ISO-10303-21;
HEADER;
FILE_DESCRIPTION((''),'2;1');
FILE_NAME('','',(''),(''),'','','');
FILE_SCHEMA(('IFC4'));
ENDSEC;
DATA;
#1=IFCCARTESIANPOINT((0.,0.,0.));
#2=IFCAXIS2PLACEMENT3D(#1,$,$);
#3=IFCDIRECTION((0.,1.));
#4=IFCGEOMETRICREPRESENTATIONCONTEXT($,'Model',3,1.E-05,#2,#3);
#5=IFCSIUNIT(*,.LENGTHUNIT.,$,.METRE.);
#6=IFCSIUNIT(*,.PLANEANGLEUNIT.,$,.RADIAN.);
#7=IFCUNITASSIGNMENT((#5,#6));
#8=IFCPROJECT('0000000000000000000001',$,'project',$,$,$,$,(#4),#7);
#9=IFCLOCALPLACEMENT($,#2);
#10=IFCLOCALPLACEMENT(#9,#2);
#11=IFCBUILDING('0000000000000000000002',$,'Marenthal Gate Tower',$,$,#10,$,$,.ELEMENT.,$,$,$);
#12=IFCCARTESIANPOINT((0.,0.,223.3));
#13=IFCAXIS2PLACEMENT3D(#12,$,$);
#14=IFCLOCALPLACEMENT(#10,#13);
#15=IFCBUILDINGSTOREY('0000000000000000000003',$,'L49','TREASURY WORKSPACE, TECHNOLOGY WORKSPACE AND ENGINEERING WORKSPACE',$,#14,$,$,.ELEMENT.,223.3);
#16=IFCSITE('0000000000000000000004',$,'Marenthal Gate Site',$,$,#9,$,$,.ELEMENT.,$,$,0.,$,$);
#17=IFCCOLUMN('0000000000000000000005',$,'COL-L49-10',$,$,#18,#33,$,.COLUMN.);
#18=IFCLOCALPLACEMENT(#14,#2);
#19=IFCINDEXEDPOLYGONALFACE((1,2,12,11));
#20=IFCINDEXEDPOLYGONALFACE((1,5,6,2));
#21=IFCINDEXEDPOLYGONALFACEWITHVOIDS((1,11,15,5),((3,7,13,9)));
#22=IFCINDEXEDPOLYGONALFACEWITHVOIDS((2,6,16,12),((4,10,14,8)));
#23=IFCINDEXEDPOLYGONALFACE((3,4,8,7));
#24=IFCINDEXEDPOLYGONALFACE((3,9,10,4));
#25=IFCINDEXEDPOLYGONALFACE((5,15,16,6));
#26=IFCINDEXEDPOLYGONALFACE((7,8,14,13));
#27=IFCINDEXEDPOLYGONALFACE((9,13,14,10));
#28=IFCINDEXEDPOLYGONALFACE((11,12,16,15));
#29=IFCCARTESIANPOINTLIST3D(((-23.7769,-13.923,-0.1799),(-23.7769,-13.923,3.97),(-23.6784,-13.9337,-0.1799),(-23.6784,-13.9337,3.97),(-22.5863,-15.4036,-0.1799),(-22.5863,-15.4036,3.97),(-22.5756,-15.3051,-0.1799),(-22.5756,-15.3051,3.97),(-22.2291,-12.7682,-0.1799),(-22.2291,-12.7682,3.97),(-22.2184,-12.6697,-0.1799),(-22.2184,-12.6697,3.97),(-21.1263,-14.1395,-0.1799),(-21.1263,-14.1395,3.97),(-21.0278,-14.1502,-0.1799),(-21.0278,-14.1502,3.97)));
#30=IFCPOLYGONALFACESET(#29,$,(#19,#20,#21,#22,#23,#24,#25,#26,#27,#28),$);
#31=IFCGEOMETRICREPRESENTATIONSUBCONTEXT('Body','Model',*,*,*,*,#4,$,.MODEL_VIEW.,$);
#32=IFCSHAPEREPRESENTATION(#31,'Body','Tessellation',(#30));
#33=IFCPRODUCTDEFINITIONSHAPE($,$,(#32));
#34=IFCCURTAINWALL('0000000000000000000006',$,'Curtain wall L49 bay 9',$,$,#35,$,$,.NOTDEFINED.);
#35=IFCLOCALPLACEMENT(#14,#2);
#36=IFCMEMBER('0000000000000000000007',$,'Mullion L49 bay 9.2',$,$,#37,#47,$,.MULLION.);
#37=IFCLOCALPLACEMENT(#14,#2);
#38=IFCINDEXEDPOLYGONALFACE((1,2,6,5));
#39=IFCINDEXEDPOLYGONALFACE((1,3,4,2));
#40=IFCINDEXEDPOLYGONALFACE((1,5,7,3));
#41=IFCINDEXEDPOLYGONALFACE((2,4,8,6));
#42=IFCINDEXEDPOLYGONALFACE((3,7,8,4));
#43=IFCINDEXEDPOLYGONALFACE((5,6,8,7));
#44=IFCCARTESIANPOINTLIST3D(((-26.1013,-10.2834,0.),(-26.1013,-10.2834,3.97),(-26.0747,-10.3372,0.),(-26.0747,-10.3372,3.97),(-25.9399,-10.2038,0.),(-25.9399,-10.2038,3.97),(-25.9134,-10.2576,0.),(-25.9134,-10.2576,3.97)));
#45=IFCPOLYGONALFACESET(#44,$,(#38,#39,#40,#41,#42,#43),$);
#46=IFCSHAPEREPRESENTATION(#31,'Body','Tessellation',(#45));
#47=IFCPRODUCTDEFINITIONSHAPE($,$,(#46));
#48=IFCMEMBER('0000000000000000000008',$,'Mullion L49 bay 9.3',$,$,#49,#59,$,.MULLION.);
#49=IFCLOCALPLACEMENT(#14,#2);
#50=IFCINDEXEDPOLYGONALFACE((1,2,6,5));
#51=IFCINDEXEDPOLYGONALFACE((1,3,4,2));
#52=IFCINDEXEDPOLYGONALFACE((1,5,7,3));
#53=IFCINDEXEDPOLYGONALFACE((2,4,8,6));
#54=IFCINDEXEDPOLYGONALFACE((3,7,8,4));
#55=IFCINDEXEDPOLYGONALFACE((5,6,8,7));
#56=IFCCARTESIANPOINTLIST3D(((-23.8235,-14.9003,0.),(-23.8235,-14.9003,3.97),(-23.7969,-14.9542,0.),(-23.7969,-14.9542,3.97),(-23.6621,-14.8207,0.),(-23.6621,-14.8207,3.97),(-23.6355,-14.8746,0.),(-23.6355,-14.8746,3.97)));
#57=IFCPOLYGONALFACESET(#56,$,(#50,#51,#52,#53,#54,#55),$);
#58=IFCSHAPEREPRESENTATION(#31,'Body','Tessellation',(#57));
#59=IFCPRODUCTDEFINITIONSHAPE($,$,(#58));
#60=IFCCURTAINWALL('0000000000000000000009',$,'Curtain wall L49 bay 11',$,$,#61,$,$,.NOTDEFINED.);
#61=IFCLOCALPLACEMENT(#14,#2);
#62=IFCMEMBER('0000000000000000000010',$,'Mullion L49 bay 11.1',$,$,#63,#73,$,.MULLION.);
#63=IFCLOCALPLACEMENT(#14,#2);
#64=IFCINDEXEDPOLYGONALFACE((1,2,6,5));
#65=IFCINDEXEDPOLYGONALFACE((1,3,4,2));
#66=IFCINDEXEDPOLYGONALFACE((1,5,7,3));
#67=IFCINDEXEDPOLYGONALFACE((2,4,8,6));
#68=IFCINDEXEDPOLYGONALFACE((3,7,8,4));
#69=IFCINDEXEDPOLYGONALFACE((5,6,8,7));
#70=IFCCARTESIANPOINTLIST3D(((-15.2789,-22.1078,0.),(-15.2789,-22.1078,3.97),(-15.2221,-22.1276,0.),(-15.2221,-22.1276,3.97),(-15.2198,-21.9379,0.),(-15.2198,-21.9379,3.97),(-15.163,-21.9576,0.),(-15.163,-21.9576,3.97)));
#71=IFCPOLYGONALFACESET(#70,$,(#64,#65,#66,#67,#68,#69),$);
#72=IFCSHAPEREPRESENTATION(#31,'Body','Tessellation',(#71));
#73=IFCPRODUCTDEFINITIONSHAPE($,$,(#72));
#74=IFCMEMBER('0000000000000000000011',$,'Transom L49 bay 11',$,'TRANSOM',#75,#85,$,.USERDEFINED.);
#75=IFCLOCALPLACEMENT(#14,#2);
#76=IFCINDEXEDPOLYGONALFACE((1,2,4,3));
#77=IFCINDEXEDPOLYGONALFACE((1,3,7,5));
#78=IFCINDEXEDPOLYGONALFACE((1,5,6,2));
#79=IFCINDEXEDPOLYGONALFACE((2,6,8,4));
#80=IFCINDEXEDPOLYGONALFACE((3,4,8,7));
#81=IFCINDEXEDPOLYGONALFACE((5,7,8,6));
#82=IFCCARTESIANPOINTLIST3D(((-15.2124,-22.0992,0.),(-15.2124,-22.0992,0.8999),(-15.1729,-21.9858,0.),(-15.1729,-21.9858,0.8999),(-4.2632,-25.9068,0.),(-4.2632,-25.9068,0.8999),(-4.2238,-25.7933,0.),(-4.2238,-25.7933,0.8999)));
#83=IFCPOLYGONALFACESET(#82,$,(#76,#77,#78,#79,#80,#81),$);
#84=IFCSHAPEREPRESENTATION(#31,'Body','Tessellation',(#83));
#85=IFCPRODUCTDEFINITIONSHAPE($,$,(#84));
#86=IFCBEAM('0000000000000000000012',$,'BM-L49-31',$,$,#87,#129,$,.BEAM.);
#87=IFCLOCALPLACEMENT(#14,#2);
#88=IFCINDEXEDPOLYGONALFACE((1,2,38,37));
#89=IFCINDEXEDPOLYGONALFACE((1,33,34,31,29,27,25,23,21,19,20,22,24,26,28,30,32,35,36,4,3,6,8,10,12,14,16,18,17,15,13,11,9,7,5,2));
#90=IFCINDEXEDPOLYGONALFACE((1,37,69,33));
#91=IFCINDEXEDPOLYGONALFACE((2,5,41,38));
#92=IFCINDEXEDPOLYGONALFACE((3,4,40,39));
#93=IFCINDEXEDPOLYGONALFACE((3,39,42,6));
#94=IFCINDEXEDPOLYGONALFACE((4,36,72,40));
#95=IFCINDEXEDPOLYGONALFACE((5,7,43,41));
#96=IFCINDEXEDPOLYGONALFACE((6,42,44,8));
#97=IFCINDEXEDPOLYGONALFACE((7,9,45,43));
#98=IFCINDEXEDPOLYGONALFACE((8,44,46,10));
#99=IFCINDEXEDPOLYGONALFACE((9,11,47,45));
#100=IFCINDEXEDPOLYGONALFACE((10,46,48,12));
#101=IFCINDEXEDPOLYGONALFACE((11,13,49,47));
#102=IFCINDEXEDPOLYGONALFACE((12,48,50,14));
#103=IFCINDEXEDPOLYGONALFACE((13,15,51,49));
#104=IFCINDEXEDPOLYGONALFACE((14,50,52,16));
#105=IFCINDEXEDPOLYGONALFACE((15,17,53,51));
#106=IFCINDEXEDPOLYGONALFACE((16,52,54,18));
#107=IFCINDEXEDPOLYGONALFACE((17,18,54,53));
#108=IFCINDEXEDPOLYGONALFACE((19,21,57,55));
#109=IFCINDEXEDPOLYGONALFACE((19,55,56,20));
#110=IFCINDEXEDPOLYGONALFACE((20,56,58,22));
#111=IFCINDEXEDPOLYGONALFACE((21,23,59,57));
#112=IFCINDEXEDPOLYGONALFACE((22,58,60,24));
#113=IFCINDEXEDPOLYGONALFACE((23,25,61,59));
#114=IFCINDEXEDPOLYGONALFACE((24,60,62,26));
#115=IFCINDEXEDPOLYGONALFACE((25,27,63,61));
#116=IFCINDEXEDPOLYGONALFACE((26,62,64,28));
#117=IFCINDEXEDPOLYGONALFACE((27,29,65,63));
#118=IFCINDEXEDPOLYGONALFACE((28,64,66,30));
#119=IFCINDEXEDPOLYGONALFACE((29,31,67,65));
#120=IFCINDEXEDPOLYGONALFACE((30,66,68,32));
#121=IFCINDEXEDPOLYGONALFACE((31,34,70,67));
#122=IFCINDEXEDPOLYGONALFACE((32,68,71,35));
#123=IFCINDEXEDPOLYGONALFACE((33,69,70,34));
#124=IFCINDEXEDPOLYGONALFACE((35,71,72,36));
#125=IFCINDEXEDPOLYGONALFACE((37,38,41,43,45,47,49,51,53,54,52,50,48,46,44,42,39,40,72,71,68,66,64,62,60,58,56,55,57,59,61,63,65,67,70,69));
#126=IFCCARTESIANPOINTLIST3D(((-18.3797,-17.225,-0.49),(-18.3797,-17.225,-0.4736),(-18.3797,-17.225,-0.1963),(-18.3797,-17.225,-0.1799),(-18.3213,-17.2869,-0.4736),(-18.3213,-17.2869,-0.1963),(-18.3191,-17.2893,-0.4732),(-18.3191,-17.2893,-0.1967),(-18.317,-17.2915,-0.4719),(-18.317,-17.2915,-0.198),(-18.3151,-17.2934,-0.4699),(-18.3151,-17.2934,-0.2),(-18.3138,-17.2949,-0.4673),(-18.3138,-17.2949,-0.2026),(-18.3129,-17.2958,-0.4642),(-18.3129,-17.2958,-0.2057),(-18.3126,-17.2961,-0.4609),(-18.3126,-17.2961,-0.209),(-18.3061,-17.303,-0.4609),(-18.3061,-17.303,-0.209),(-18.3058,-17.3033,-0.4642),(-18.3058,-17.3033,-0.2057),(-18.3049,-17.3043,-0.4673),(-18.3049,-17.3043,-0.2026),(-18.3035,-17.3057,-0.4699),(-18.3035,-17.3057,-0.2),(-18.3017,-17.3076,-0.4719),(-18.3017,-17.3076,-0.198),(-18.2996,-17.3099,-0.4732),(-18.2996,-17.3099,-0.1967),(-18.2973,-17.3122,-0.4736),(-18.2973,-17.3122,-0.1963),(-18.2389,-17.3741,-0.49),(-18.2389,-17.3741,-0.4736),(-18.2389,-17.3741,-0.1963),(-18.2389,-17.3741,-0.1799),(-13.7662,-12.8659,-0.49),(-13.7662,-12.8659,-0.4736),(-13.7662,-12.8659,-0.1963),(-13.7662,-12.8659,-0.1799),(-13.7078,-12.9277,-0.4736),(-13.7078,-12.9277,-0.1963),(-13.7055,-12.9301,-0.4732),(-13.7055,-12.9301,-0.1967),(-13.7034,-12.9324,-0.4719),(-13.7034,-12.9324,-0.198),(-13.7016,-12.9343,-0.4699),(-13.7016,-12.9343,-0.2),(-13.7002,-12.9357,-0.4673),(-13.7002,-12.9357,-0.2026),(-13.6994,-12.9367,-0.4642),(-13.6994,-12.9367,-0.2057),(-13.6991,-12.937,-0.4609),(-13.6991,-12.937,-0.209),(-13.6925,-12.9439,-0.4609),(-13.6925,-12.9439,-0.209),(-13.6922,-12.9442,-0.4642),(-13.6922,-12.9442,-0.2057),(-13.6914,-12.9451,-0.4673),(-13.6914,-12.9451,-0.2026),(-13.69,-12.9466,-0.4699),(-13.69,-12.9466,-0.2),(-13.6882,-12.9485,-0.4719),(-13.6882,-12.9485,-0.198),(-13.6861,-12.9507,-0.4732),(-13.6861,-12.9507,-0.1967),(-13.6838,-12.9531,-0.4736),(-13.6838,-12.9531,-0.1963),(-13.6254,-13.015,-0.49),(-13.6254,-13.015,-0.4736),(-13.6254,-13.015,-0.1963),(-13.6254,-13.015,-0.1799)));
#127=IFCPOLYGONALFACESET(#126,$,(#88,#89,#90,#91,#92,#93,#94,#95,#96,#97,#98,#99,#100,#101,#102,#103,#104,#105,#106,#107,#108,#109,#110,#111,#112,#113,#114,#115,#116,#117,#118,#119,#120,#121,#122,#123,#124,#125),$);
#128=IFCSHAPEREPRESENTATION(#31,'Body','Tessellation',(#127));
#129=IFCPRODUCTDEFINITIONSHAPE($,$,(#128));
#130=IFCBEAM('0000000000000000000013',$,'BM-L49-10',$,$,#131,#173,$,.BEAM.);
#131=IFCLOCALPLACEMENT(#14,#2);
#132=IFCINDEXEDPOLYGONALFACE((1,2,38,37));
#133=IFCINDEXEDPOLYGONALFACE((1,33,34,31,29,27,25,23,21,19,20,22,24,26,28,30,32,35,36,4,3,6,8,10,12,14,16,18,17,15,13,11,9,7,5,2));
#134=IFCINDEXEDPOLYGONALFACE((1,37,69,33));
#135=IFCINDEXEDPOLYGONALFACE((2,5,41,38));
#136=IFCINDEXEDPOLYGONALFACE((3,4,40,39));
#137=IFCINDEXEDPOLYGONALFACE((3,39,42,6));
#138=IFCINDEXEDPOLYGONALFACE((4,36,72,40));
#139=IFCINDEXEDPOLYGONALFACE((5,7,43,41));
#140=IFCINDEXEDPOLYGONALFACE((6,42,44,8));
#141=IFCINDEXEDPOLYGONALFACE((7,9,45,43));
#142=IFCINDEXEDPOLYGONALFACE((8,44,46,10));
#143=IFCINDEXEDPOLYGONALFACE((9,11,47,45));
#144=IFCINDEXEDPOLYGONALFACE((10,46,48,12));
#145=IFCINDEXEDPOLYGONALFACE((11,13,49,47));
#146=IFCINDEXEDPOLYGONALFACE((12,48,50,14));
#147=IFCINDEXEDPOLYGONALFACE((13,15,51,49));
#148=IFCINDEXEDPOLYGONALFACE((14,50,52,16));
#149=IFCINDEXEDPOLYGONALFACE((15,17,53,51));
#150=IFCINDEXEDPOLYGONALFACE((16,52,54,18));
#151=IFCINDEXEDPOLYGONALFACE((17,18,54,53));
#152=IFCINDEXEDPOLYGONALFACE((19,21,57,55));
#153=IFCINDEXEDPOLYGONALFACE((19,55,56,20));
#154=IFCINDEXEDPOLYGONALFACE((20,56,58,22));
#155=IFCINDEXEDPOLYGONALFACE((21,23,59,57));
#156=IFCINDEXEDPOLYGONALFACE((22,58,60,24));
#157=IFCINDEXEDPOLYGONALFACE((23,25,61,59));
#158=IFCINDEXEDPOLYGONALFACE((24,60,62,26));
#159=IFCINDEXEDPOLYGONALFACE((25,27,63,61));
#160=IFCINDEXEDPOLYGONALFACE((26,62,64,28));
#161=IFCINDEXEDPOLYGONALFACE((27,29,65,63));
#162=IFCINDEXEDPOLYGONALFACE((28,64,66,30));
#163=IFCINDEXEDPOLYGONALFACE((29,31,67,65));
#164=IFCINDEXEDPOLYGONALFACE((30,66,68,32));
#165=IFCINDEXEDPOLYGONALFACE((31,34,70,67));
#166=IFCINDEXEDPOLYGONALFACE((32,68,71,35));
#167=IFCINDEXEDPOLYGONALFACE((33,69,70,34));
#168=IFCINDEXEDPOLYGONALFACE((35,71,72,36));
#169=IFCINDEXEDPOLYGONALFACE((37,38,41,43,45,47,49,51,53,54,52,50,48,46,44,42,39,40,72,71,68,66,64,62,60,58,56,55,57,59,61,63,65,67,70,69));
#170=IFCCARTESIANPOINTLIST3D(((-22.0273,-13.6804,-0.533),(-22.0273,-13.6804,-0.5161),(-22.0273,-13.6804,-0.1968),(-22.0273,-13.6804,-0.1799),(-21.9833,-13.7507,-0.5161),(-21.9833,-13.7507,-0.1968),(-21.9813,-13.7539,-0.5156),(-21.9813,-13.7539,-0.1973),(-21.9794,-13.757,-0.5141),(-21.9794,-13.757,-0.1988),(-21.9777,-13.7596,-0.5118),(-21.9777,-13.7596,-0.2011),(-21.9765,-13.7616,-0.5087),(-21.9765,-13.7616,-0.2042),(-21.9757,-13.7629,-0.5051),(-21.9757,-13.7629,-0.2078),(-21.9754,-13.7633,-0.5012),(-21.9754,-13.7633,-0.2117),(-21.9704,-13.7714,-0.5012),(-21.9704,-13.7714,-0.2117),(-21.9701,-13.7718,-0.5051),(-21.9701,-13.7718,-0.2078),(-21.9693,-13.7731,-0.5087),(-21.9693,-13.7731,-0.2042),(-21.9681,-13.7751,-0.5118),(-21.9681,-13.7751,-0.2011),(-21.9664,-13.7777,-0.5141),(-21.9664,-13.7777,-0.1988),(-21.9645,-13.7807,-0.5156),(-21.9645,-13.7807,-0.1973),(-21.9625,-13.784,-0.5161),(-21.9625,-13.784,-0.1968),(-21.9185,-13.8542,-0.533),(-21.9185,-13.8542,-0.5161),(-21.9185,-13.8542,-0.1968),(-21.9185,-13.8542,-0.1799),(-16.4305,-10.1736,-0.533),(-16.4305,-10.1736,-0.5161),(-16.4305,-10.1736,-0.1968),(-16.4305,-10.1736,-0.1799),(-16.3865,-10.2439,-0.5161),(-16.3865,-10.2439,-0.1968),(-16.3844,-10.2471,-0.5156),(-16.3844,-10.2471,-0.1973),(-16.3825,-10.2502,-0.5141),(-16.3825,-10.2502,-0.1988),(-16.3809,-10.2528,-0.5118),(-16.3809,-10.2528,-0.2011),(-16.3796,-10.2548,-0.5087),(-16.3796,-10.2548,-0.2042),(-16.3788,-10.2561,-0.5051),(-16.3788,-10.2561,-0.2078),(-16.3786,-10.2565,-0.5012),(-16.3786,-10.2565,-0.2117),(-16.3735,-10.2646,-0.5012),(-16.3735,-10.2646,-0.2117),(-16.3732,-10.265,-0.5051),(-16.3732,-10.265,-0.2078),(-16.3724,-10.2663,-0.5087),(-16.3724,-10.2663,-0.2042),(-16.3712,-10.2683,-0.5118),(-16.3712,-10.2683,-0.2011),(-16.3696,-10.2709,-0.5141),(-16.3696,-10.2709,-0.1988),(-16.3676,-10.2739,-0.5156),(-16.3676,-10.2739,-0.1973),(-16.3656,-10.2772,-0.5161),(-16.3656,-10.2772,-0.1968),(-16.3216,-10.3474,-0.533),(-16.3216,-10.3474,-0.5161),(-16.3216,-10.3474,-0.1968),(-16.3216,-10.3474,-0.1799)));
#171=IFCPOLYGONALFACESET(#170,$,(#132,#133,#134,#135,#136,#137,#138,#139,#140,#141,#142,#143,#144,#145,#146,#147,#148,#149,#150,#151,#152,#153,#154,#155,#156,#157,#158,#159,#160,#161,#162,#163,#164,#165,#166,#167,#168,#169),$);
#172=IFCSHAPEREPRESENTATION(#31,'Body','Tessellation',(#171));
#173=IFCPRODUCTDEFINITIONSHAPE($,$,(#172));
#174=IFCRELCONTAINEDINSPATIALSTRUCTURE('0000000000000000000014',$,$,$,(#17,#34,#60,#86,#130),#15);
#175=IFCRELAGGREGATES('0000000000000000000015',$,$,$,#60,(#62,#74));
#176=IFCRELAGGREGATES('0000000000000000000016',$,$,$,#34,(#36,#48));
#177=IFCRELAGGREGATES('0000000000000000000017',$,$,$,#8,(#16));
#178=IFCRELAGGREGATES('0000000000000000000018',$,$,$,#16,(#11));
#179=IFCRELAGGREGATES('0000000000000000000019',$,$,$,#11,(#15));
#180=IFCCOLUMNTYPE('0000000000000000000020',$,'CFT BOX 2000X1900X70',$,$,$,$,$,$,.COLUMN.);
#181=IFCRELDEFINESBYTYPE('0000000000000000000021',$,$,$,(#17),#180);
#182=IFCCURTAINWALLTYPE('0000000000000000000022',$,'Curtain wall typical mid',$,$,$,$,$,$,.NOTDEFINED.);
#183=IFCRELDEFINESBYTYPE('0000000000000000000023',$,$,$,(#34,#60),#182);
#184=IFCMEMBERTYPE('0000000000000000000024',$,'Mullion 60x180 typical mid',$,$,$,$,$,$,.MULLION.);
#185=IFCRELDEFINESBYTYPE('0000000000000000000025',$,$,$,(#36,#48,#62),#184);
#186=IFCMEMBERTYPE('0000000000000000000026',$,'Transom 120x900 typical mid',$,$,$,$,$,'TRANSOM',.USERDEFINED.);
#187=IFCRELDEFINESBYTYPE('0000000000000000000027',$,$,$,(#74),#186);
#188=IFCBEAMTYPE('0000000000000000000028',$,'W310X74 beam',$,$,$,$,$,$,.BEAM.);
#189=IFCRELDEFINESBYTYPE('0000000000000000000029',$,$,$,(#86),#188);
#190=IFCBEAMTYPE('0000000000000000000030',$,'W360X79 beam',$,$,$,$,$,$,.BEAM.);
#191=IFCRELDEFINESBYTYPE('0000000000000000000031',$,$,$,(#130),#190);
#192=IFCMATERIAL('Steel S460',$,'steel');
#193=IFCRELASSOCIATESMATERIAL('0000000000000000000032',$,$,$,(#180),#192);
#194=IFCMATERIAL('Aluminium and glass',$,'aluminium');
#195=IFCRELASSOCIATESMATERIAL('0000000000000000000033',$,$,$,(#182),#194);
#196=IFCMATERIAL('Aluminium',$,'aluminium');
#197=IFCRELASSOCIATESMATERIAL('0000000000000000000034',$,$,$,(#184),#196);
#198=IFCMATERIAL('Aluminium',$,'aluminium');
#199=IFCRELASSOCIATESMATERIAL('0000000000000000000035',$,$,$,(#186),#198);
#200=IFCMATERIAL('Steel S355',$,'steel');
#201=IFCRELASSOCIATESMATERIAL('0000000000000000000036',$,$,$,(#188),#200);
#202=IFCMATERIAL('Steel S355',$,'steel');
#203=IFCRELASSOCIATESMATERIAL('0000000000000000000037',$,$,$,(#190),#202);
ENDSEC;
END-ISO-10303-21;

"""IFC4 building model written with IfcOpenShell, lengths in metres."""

from ifc_helpers import new_model, si_unit, direction, frame, origin, origin_2d, place, context, subcontext, project, spatial, rectangle, hollow_rectangle, i_section, extrude, material, material_profile, profile_set, type_object, element, aggregate, save


model = new_model("IFC4")

# Units and contexts
model_context = context("Model", 3, precision=1e-05, world=origin(), true_north=direction((0.0, 1.0)))
body_context = subcontext(model_context, "Body", "Model", "MODEL_VIEW")
ifc_project = project(units=[si_unit("LENGTHUNIT", "METRE"), si_unit("PLANEANGLEUNIT", "RADIAN")], contexts=[model_context])

# Site, building, storey
site_placement = place(None, origin())
site = spatial("IfcSite", under=ifc_project, at=site_placement, Name="Marenthal Gate Site", CompositionType="ELEMENT", RefElevation=0.0)
building_placement = place(site_placement, origin())
building = spatial("IfcBuilding", under=site, at=building_placement, Name="Marenthal Gate Tower", CompositionType="ELEMENT")
storey_placement = place(building_placement, frame((0.0, 0.0, 223.3)))
storey = spatial("IfcBuildingStorey", under=building, at=storey_placement, Name="L49", Description="TREASURY WORKSPACE, TECHNOLOGY WORKSPACE AND ENGINEERING WORKSPACE", CompositionType="ELEMENT", Elevation=223.3)

# Column
ifc_material_1 = material(Name="Steel S460", Category="steel")
ifc_material_profile_1 = material_profile(ifc_material_1, hollow_rectangle(XDim=1.8999, YDim=2.0, WallThickness=0.0701, at=origin_2d()), Name="CFT BOX 2000X1900X70")
ifc_material_2 = material(Name="Concrete 70 MPa", Category="concrete")
ifc_material_profile_2 = material_profile(ifc_material_2, rectangle(XDim=1.76, YDim=1.8601, at=origin_2d()), Name="CFT BOX 2000X1900X70 INFILL")
ifc_profile_set_1 = profile_set([ifc_material_profile_1, ifc_material_profile_2], Name="Steel S460 shell, Concrete 70 MPa infill")
column_type = type_object("IfcColumnType", Name="CFT BOX 2000X1900X70", PredefinedType="COLUMN", material=ifc_profile_set_1)
column_placement = place(storey_placement, frame((-22.4023, -14.0366, -0.1799), z_axis=(0.0, 0.0, 1.0), x_axis=(-0.626684, 0.779273, 0.0)))
element("IfcColumn", 1, at=column_placement, inside=storey, type_object=column_type, Name="COL-L49-10", PredefinedType="COLUMN", context=body_context, shape_type="SweptSolid", body=[
    extrude(hollow_rectangle(XDim=1.8999, YDim=2.0, WallThickness=0.0701, at=origin_2d()), origin(), (0.0, 0.0, 1.0), 4.1499),
])

# Curtain walls, members
ifc_material_3 = material(Name="Aluminium and glass", Category="aluminium")
curtain_wall_type = type_object("IfcCurtainWallType", Name="Curtain wall typical mid", PredefinedType="NOTDEFINED", material=ifc_material_3)
curtain_wall_1_placement = place(storey_placement, origin())
curtain_wall_1 = element("IfcCurtainWall", 2, at=curtain_wall_1_placement, inside=storey, type_object=curtain_wall_type, Name="Curtain wall L49 bay 9", PredefinedType="NOTDEFINED")
ifc_material_4 = material(Name="Aluminium", Category="aluminium")
ifc_material_profile_3 = material_profile(ifc_material_4, rectangle(XDim=0.1799, YDim=0.0601, at=origin_2d()), Name="60x180 aluminium mullion")
ifc_profile_set_2 = profile_set([ifc_material_profile_3], Name="Aluminium")
member_type_1 = type_object("IfcMemberType", Name="Mullion 60x180 typical mid", PredefinedType="MULLION", material=ifc_profile_set_2)
member_1_placement = place(storey_placement, frame((-26.0073, -10.2705, 0.0), z_axis=(0.0, 0.0, 1.0), x_axis=(0.896798, 0.442441, 0.0)))
member_1 = element("IfcMember", 3, at=member_1_placement, type_object=member_type_1, Name="Mullion L49 bay 9.2", PredefinedType="MULLION", context=body_context, shape_type="SweptSolid", body=[
    extrude(rectangle(XDim=0.1799, YDim=0.0601, at=origin_2d()), origin(), (0.0, 0.0, 1.0), 3.97),
])
member_2_placement = place(storey_placement, frame((-23.7295, -14.8875, 0.0), z_axis=(0.0, 0.0, 1.0), x_axis=(0.896798, 0.442441, 0.0)))
member_2 = element("IfcMember", 4, at=member_2_placement, type_object=member_type_1, Name="Mullion L49 bay 9.3", PredefinedType="MULLION", context=body_context, shape_type="SweptSolid", body=[
    extrude(rectangle(XDim=0.1799, YDim=0.0601, at=origin_2d()), origin(), (0.0, 0.0, 1.0), 3.97),
])
curtain_wall_2_placement = place(storey_placement, origin())
curtain_wall_2 = element("IfcCurtainWall", 5, at=curtain_wall_2_placement, inside=storey, type_object=curtain_wall_type, Name="Curtain wall L49 bay 11", PredefinedType="NOTDEFINED")
member_3_placement = place(storey_placement, frame((-15.2209, -22.0327, 0.0), z_axis=(0.0, 0.0, 1.0), x_axis=(0.328468, 0.944515, 0.0)))
member_3 = element("IfcMember", 6, at=member_3_placement, type_object=member_type_1, Name="Mullion L49 bay 11.1", PredefinedType="MULLION", context=body_context, shape_type="SweptSolid", body=[
    extrude(rectangle(XDim=0.1799, YDim=0.0601, at=origin_2d()), origin(), (0.0, 0.0, 1.0), 3.97),
])
ifc_material_5 = material(Name="Aluminium", Category="aluminium")
ifc_material_profile_4 = material_profile(ifc_material_5, rectangle(XDim=0.1201, YDim=0.8999, at=origin_2d()), Name="120x900 aluminium transom")
ifc_profile_set_3 = profile_set([ifc_material_profile_4], Name="Aluminium")
member_type_2 = type_object("IfcMemberType", Name="Transom 120x900 typical mid", ElementType="TRANSOM", PredefinedType="USERDEFINED", material=ifc_profile_set_3)
member_4_placement = place(storey_placement, frame((-15.1926, -22.0425, 0.45), z_axis=(0.944518, -0.328459, 0.0), x_axis=(0.328459, 0.944518, 0.0)))
member_4 = element("IfcMember", 7, at=member_4_placement, type_object=member_type_2, Name="Transom L49 bay 11", ObjectType="TRANSOM", PredefinedType="USERDEFINED", context=body_context, shape_type="SweptSolid", body=[
    extrude(rectangle(XDim=0.1201, YDim=0.8999, at=origin_2d()), origin(), (0.0, 0.0, 1.0), 11.5923),
])
aggregate(curtain_wall_2, [member_3, member_4])

# Beams
ifc_material_6 = material(Name="Steel S355", Category="steel")
ifc_material_profile_5 = material_profile(ifc_material_6, i_section(OverallWidth=0.2051, OverallDepth=0.3101, WebThickness=0.0095, FlangeThickness=0.0164, FilletRadius=0.0127, at=origin_2d()), Name="W310X74")
ifc_profile_set_4 = profile_set([ifc_material_profile_5], Name="Steel S355")
beam_type_1 = type_object("IfcBeamType", Name="W310X74 beam", PredefinedType="BEAM", material=ifc_profile_set_4)
beam_1_placement = place(storey_placement, frame((-18.3093, -17.2996, -0.335), z_axis=(0.726863, 0.686783, 0.0), x_axis=(-0.686783, 0.726863, 0.0)))
element("IfcBeam", 8, at=beam_1_placement, inside=storey, type_object=beam_type_1, Name="BM-L49-31", PredefinedType="BEAM", context=body_context, shape_type="SweptSolid", body=[
    extrude(i_section(OverallWidth=0.2051, OverallDepth=0.3101, WebThickness=0.0095, FlangeThickness=0.0164, FilletRadius=0.0127, at=origin_2d()), origin(), (0.0, 0.0, 1.0), 6.3472),
])
ifc_material_7 = material(Name="Steel S355", Category="steel")
ifc_material_profile_6 = material_profile(ifc_material_7, i_section(OverallWidth=0.2051, OverallDepth=0.353, WebThickness=0.0095, FlangeThickness=0.0168, FilletRadius=0.0149, at=origin_2d()), Name="W360X79")
ifc_profile_set_5 = profile_set([ifc_material_profile_6], Name="Steel S355")
beam_type_2 = type_object("IfcBeamType", Name="W360X79 beam", PredefinedType="BEAM", material=ifc_profile_set_5)
beam_2_placement = place(storey_placement, frame((-21.9729, -13.7673, -0.3564), z_axis=(0.847402, 0.530952, 0.0), x_axis=(-0.530952, 0.847402, 0.0)))
element("IfcBeam", 9, at=beam_2_placement, inside=storey, type_object=beam_type_2, Name="BM-L49-10", PredefinedType="BEAM", context=body_context, shape_type="SweptSolid", body=[
    extrude(i_section(OverallWidth=0.2051, OverallDepth=0.353, WebThickness=0.0095, FlangeThickness=0.0168, FilletRadius=0.0149, at=origin_2d()), origin(), (0.0, 0.0, 1.0), 6.6047),
])

aggregate(curtain_wall_1, [member_1, member_2])

save(model, "model.ifc")
